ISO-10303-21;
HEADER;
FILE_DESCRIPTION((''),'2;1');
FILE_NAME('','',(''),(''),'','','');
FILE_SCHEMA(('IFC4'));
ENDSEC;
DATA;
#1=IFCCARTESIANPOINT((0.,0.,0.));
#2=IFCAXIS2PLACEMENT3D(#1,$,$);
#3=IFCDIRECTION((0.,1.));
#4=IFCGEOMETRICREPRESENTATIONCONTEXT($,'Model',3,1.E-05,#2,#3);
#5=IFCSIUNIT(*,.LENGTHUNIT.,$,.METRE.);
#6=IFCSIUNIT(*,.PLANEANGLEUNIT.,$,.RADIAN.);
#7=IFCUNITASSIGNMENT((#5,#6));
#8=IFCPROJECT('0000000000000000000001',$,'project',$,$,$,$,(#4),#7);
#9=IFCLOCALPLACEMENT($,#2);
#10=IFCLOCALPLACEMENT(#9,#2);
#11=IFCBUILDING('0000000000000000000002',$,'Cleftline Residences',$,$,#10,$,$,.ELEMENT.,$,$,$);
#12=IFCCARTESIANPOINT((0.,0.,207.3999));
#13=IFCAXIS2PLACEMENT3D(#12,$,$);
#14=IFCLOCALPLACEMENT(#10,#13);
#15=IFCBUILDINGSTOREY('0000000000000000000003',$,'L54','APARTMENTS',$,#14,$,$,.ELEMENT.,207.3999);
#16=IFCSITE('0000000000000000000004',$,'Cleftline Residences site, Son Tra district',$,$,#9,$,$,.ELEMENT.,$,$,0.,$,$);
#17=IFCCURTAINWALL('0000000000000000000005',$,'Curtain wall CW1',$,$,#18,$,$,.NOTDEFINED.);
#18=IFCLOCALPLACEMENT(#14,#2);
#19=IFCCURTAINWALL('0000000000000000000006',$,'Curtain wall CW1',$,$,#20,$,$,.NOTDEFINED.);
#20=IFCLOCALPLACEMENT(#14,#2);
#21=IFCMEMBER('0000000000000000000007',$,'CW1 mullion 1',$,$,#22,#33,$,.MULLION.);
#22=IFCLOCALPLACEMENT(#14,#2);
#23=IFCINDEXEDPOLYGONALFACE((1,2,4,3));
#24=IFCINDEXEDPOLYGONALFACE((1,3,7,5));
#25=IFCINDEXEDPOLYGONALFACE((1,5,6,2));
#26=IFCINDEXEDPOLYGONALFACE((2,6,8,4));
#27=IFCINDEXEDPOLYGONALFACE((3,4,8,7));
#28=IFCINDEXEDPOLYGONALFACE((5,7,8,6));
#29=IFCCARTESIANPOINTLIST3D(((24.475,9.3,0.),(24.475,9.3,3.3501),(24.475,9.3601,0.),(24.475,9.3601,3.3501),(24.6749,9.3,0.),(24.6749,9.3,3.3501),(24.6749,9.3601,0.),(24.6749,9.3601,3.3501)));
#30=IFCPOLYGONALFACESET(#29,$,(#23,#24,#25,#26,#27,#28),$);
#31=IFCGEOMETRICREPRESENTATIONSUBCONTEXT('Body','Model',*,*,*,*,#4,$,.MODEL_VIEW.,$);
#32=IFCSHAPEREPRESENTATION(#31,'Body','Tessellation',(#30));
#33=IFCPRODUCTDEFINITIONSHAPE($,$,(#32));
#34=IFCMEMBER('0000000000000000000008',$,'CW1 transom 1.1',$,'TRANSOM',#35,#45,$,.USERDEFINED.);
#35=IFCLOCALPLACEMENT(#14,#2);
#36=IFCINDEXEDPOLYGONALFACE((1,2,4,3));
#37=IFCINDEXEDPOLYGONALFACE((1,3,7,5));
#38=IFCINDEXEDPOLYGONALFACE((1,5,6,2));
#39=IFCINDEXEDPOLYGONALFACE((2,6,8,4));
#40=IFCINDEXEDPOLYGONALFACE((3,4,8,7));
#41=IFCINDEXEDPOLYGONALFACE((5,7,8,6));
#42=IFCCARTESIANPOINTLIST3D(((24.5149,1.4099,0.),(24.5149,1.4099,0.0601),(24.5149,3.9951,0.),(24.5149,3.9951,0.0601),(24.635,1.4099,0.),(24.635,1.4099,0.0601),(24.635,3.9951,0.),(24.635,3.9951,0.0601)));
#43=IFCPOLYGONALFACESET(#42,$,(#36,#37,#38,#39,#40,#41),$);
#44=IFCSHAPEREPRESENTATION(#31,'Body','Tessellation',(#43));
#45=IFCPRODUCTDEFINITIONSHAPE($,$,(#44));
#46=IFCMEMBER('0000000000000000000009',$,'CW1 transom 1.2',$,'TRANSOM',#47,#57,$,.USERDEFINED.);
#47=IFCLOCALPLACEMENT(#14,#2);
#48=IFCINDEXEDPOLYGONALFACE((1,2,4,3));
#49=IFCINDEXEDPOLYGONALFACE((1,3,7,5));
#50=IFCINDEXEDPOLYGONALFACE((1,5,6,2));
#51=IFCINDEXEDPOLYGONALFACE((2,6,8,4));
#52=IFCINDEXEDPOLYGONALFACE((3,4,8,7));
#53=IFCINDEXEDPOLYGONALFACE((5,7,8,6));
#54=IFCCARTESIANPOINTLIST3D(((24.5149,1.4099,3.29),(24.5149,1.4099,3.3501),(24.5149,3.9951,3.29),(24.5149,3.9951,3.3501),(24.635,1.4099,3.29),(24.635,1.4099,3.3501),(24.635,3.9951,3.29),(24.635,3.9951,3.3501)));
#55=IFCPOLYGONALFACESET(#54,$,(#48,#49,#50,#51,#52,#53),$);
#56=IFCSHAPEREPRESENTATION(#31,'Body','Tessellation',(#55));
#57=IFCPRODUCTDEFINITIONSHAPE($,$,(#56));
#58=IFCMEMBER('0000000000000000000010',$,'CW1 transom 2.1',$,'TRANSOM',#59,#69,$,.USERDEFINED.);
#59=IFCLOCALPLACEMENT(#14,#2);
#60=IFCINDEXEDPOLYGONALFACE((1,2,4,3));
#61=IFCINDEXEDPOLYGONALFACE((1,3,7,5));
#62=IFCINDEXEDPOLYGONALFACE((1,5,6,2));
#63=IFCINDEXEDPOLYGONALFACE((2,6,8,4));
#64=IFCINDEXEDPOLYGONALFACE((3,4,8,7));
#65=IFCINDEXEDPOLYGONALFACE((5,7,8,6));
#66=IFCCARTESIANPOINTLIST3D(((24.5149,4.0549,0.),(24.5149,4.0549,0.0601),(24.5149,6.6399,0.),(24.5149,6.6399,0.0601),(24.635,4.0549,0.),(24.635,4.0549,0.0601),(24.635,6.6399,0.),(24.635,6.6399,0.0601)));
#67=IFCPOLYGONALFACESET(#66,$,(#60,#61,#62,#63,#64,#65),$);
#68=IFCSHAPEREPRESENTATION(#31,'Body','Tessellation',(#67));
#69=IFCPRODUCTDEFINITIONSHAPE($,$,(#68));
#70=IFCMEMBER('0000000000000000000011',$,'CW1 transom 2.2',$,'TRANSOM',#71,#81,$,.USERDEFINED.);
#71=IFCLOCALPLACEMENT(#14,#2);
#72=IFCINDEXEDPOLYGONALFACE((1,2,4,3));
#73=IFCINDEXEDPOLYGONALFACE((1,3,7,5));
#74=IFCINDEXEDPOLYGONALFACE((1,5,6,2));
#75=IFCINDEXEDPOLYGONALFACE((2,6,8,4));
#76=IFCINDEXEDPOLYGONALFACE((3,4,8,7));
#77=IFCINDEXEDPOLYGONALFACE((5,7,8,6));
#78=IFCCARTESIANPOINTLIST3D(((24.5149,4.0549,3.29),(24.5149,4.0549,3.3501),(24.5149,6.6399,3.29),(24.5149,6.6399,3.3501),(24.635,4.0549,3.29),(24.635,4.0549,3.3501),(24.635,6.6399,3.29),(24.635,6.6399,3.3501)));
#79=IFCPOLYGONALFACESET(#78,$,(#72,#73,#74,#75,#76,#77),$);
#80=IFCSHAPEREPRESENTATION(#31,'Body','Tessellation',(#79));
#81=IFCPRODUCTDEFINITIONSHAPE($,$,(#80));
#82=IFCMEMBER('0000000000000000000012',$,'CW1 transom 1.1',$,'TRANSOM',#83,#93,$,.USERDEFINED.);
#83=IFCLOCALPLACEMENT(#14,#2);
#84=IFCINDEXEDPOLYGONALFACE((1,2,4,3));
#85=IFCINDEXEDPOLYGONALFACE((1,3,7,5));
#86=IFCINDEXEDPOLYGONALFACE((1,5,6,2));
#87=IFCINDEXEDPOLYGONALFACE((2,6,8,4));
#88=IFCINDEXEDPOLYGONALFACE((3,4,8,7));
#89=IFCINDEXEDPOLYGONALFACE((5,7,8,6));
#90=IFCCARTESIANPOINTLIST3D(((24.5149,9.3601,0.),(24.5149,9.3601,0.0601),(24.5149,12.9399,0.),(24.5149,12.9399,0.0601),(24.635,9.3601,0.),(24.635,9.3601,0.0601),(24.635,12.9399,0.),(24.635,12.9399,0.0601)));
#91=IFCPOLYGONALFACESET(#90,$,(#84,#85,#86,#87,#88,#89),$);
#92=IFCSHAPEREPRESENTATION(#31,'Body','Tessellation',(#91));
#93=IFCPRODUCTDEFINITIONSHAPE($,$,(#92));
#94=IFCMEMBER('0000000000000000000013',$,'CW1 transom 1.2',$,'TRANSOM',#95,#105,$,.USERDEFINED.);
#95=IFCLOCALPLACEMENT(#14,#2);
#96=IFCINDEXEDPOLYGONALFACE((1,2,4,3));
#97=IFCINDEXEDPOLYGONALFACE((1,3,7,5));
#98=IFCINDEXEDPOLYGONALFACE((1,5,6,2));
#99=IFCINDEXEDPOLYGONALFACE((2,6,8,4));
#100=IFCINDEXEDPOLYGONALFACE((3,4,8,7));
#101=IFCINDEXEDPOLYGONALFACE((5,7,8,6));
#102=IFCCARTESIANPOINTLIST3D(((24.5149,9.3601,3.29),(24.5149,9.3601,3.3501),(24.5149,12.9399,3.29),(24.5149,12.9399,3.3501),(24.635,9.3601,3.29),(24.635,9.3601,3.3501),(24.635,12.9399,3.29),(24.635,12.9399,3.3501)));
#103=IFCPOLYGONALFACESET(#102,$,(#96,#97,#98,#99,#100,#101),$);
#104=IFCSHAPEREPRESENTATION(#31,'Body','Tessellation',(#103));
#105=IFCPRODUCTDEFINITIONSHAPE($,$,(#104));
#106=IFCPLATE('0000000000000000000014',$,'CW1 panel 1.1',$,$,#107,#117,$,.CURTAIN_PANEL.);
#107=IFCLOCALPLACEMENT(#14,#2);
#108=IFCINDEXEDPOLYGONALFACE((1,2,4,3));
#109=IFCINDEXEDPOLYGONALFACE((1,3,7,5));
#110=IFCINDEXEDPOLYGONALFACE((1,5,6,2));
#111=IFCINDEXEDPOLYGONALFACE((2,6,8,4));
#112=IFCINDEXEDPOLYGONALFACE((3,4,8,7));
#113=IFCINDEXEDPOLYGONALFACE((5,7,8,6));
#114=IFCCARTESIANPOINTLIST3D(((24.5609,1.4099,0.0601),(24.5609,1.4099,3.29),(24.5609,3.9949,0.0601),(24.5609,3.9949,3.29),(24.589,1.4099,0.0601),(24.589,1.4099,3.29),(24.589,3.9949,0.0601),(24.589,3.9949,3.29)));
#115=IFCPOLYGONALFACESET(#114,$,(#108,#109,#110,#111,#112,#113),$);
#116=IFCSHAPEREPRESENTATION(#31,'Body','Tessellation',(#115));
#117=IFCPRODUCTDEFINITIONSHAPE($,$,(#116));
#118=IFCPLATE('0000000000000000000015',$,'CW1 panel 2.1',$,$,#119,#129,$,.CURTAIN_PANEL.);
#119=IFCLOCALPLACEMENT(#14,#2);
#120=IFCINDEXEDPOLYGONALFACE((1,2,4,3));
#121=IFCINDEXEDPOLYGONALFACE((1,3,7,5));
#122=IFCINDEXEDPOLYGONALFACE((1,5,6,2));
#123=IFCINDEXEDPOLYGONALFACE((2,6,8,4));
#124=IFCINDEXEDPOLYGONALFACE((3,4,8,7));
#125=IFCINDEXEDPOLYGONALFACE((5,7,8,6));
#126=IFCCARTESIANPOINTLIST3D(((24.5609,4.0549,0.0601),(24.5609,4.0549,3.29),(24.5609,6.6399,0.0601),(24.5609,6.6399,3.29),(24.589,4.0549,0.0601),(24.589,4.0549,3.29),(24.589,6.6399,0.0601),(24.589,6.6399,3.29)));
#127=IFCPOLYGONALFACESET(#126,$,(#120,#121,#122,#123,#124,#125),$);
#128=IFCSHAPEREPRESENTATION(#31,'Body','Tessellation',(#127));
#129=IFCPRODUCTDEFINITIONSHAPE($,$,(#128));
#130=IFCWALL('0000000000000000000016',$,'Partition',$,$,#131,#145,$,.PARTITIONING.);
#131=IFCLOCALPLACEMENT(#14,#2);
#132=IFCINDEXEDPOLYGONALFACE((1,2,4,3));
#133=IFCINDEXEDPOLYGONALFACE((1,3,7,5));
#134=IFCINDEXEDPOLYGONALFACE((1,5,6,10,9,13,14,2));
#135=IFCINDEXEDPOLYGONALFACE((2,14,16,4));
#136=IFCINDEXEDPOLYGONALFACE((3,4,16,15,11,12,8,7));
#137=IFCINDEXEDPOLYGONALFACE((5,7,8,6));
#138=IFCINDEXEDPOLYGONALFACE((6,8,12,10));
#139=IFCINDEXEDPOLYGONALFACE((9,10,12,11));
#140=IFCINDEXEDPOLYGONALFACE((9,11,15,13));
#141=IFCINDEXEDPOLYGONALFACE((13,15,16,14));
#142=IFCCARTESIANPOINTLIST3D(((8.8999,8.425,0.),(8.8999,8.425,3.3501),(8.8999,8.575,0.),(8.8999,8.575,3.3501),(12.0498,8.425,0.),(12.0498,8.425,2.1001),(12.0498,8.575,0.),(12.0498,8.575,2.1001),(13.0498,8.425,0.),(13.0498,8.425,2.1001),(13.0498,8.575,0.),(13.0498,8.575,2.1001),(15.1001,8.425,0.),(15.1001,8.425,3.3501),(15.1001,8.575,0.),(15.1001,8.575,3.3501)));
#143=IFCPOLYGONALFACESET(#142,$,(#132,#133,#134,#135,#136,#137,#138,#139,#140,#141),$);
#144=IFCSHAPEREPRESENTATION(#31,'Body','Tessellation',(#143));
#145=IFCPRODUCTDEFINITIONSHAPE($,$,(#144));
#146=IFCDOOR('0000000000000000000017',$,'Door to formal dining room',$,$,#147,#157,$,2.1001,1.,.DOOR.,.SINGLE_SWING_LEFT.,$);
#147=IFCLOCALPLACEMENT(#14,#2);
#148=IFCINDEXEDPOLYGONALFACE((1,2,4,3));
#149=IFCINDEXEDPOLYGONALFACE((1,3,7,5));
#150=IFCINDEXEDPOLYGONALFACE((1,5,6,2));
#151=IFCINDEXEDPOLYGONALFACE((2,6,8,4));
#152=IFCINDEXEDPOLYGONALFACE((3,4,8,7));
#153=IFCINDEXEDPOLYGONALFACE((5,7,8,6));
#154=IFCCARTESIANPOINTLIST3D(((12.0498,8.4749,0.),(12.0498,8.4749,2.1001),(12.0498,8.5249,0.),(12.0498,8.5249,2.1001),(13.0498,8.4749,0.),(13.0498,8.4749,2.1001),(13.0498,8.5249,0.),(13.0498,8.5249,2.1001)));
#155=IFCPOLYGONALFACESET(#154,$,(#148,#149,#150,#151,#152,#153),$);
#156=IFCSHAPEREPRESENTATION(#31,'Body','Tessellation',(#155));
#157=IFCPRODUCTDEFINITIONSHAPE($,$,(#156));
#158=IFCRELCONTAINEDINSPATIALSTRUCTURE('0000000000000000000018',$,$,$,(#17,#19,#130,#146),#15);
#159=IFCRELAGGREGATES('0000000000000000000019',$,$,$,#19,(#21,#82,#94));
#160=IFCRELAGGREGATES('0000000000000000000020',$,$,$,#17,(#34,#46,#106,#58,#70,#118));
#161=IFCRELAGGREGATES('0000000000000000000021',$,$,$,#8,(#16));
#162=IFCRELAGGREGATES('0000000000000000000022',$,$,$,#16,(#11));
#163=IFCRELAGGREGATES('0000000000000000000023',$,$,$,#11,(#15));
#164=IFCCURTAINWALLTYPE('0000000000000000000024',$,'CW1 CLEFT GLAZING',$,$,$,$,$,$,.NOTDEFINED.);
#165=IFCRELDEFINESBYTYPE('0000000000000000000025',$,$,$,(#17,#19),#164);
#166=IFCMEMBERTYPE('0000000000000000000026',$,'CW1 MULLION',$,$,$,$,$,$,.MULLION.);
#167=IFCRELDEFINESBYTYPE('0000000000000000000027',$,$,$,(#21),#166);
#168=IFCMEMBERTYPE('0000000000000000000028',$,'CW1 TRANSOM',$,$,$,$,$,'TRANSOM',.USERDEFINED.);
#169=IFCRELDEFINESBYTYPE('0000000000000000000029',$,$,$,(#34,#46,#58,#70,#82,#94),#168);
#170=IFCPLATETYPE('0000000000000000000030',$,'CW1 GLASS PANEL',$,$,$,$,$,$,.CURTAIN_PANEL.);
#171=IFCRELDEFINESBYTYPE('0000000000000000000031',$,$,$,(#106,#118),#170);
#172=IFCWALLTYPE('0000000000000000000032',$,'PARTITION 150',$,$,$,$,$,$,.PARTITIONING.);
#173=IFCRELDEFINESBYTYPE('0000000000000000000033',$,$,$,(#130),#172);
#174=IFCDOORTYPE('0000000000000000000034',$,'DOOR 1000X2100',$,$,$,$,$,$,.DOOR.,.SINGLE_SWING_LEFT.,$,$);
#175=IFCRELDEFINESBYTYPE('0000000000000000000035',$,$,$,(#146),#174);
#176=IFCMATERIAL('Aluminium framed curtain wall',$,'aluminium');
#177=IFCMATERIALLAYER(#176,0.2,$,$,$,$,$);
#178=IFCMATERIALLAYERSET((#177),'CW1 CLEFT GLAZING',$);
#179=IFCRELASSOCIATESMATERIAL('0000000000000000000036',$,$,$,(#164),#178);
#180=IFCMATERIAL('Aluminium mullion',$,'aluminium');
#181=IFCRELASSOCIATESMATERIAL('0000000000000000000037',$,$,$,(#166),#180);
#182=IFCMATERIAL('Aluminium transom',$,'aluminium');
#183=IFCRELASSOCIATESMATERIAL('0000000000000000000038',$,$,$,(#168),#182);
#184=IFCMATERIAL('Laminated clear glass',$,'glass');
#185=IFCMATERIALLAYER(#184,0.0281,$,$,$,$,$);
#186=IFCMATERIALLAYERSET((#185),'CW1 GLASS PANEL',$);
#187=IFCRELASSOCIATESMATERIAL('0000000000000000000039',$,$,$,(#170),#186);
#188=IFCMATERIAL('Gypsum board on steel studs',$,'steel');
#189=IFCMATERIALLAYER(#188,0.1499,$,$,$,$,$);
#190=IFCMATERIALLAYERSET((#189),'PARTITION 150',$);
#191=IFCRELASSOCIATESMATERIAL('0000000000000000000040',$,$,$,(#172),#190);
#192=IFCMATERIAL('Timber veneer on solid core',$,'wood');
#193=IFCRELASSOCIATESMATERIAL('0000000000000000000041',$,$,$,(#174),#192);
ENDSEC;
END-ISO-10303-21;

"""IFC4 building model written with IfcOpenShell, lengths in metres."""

from ifc_helpers import new_model, si_unit, direction, frame, frame_2d, origin, origin_2d, place, context, subcontext, project, spatial, rectangle, extrude, material, layer, layer_set, material_profile, profile_set, type_object, element, fill, aggregate, save


model = new_model("IFC4")

# Units and contexts
model_context = context("Model", 3, precision=1e-05, world=origin(), true_north=direction((0.0, 1.0)))
body_context = subcontext(model_context, "Body", "Model", "MODEL_VIEW")
ifc_project = project(units=[si_unit("LENGTHUNIT", "METRE"), si_unit("PLANEANGLEUNIT", "RADIAN")], contexts=[model_context])

# Site, building, storey
site_placement = place(None, origin())
site = spatial("IfcSite", under=ifc_project, at=site_placement, Name="Cleftline Residences site, Son Tra district", CompositionType="ELEMENT", RefElevation=0.0)
building_placement = place(site_placement, origin())
building = spatial("IfcBuilding", under=site, at=building_placement, Name="Cleftline Residences", CompositionType="ELEMENT")
storey_placement = place(building_placement, frame((0.0, 0.0, 207.3999)))
storey = spatial("IfcBuildingStorey", under=building, at=storey_placement, Name="L54", Description="APARTMENTS", CompositionType="ELEMENT", Elevation=207.3999)

# Curtain wall
ifc_material_1 = material(Name="Aluminium framed curtain wall", Category="aluminium")
ifc_layer_1 = layer(ifc_material_1, 0.2)
ifc_layer_set_1 = layer_set([ifc_layer_1], Name="CW1 CLEFT GLAZING")
curtain_wall_type = type_object("IfcCurtainWallType", Name="CW1 CLEFT GLAZING", PredefinedType="NOTDEFINED", material=ifc_layer_set_1)
curtain_wall_1_placement = place(storey_placement, origin())
curtain_wall_1 = element("IfcCurtainWall", 1, at=curtain_wall_1_placement, inside=storey, type_object=curtain_wall_type, Name="Curtain wall CW1", PredefinedType="NOTDEFINED")
ifc_material_2 = material(Name="Aluminium mullion", Category="aluminium")
ifc_material_profile_1 = material_profile(ifc_material_2, rectangle(XDim=0.2, YDim=0.0601, at=origin_2d()))
ifc_profile_set_1 = profile_set([ifc_material_profile_1], Name="Aluminium mullion")
member_type_1 = type_object("IfcMemberType", Name="CW1 MULLION", PredefinedType="MULLION", material=ifc_profile_set_1)

# Curtain wall, member
curtain_wall_2_placement = place(storey_placement, origin())
curtain_wall_2 = element("IfcCurtainWall", 2, at=curtain_wall_2_placement, inside=storey, type_object=curtain_wall_type, Name="Curtain wall CW1", PredefinedType="NOTDEFINED")
member_1_placement = place(storey_placement, frame((24.575, 9.3301, 0.0), z_axis=(0.0, 0.0, 1.0), x_axis=(-1.0, 0.0, 0.0)))
member_1 = element("IfcMember", 3, at=member_1_placement, type_object=member_type_1, Name="CW1 mullion 1", PredefinedType="MULLION", context=body_context, shape_type="SweptSolid", body=[
    extrude(rectangle(XDim=0.2, YDim=0.0601, at=origin_2d()), origin(), (0.0, 0.0, 1.0), 3.3501),
])

# Members
ifc_material_3 = material(Name="Aluminium transom", Category="aluminium")
ifc_material_profile_2 = material_profile(ifc_material_3, rectangle(XDim=0.1201, YDim=0.0601, at=origin_2d()))
ifc_profile_set_2 = profile_set([ifc_material_profile_2], Name="Aluminium transom")
member_type_2 = type_object("IfcMemberType", Name="CW1 TRANSOM", ElementType="TRANSOM", PredefinedType="USERDEFINED", material=ifc_profile_set_2)
member_2_placement = place(storey_placement, frame((24.575, 1.4099, 0.03), z_axis=(0.0, 1.0, 0.0), x_axis=(-1.0, 0.0, 0.0)))
member_2 = element("IfcMember", 4, at=member_2_placement, type_object=member_type_2, Name="CW1 transom 1.1", ObjectType="TRANSOM", PredefinedType="USERDEFINED", context=body_context, shape_type="SweptSolid", body=[
    extrude(rectangle(XDim=0.1201, YDim=0.0601, at=origin_2d()), origin(), (0.0, 0.0, 1.0), 2.5852),
])
member_3_placement = place(storey_placement, frame((24.575, 1.4099, 3.3201), z_axis=(0.0, 1.0, 0.0), x_axis=(-1.0, 0.0, 0.0)))
member_3 = element("IfcMember", 5, at=member_3_placement, type_object=member_type_2, Name="CW1 transom 1.2", ObjectType="TRANSOM", PredefinedType="USERDEFINED", context=body_context, shape_type="SweptSolid", body=[
    extrude(rectangle(XDim=0.1201, YDim=0.0601, at=origin_2d()), origin(), (0.0, 0.0, 1.0), 2.5852),
])
member_4_placement = place(storey_placement, frame((24.575, 4.0549, 0.03), z_axis=(0.0, 1.0, 0.0), x_axis=(-1.0, 0.0, 0.0)))
member_4 = element("IfcMember", 6, at=member_4_placement, type_object=member_type_2, Name="CW1 transom 2.1", ObjectType="TRANSOM", PredefinedType="USERDEFINED", context=body_context, shape_type="SweptSolid", body=[
    extrude(rectangle(XDim=0.1201, YDim=0.0601, at=origin_2d()), origin(), (0.0, 0.0, 1.0), 2.585),
])
member_5_placement = place(storey_placement, frame((24.575, 4.0549, 3.3201), z_axis=(0.0, 1.0, 0.0), x_axis=(-1.0, 0.0, 0.0)))
member_5 = element("IfcMember", 7, at=member_5_placement, type_object=member_type_2, Name="CW1 transom 2.2", ObjectType="TRANSOM", PredefinedType="USERDEFINED", context=body_context, shape_type="SweptSolid", body=[
    extrude(rectangle(XDim=0.1201, YDim=0.0601, at=origin_2d()), origin(), (0.0, 0.0, 1.0), 2.585),
])
member_6_placement = place(storey_placement, frame((24.575, 9.3601, 0.03), z_axis=(0.0, 1.0, 0.0), x_axis=(-1.0, 0.0, 0.0)))
member_6 = element("IfcMember", 8, at=member_6_placement, type_object=member_type_2, Name="CW1 transom 1.1", ObjectType="TRANSOM", PredefinedType="USERDEFINED", context=body_context, shape_type="SweptSolid", body=[
    extrude(rectangle(XDim=0.1201, YDim=0.0601, at=origin_2d()), origin(), (0.0, 0.0, 1.0), 3.5798),
])
member_7_placement = place(storey_placement, frame((24.575, 9.3601, 3.3201), z_axis=(0.0, 1.0, 0.0), x_axis=(-1.0, 0.0, 0.0)))
member_7 = element("IfcMember", 9, at=member_7_placement, type_object=member_type_2, Name="CW1 transom 1.2", ObjectType="TRANSOM", PredefinedType="USERDEFINED", context=body_context, shape_type="SweptSolid", body=[
    extrude(rectangle(XDim=0.1201, YDim=0.0601, at=origin_2d()), origin(), (0.0, 0.0, 1.0), 3.5798),
])
aggregate(curtain_wall_2, [member_1, member_6, member_7])

# Plates
ifc_material_4 = material(Name="Laminated clear glass", Category="glass")
ifc_layer_2 = layer(ifc_material_4, 0.0281)
ifc_layer_set_2 = layer_set([ifc_layer_2], Name="CW1 GLASS PANEL")
plate_type = type_object("IfcPlateType", Name="CW1 GLASS PANEL", PredefinedType="CURTAIN_PANEL", material=ifc_layer_set_2)
plate_1_placement = place(storey_placement, frame((24.575, 2.7024, 0.0601), z_axis=(0.0, 0.0, 1.0), x_axis=(0.0, 1.0, 0.0)))
plate_1 = element("IfcPlate", 10, at=plate_1_placement, type_object=plate_type, Name="CW1 panel 1.1", PredefinedType="CURTAIN_PANEL", context=body_context, shape_type="SweptSolid", body=[
    extrude(rectangle(XDim=2.585, YDim=0.0281, at=origin_2d()), origin(), (0.0, 0.0, 1.0), 3.23),
])
plate_2_placement = place(storey_placement, frame((24.575, 5.3474, 0.0601), z_axis=(0.0, 0.0, 1.0), x_axis=(0.0, 1.0, 0.0)))
plate_2 = element("IfcPlate", 11, at=plate_2_placement, type_object=plate_type, Name="CW1 panel 2.1", PredefinedType="CURTAIN_PANEL", context=body_context, shape_type="SweptSolid", body=[
    extrude(rectangle(XDim=2.585, YDim=0.0281, at=origin_2d()), origin(), (0.0, 0.0, 1.0), 3.23),
])
aggregate(curtain_wall_1, [member_2, member_3, plate_1, member_4, member_5, plate_2])

# Wall, opening, door
ifc_material_5 = material(Name="Gypsum board on steel studs", Category="steel")
ifc_layer_3 = layer(ifc_material_5, 0.1499)
ifc_layer_set_3 = layer_set([ifc_layer_3], Name="PARTITION 150")
wall_type = type_object("IfcWallType", Name="PARTITION 150", PredefinedType="PARTITIONING", material=ifc_layer_set_3)
wall_1_placement = place(storey_placement, frame((8.8999, 8.5, 0.0), z_axis=(0.0, 0.0, 1.0), x_axis=(1.0, 0.0, 0.0)))
wall_1 = element("IfcWall", 12, at=wall_1_placement, inside=storey, type_object=wall_type, Name="Partition", PredefinedType="PARTITIONING", context=body_context, shape_type="SweptSolid", body=[
    extrude(rectangle(XDim=6.2002, YDim=0.1499, at=frame_2d((3.1001, 0.0))), origin(), (0.0, 0.0, 1.0), 3.3501),
])
opening_1_placement = place(wall_1_placement, frame((3.1499, 0.0, 0.0)))
opening_1 = element("IfcOpeningElement", 13, at=opening_1_placement, cuts=wall_1, PredefinedType="OPENING", context=body_context, shape_type="SweptSolid", body=[
    extrude(rectangle(XDim=1.0, YDim=2.1001, at=frame_2d((0.5, 1.05))), frame((0.0, 0.085, 0.0), z_axis=(0.0, -1.0, 0.0), x_axis=(1.0, 0.0, 0.0)), (0.0, 0.0, 1.0), 0.1699),
])
ifc_material_6 = material(Name="Timber veneer on solid core", Category="wood")
door_type_1 = type_object("IfcDoorType", Name="DOOR 1000X2100", OperationType="SINGLE_SWING_LEFT", PredefinedType="DOOR", material=ifc_material_6)
door_1_placement = place(opening_1_placement, origin())
door_1 = element("IfcDoor", 14, at=door_1_placement, inside=storey, type_object=door_type_1, Name="Door to formal dining room", OperationType="SINGLE_SWING_LEFT", OverallHeight=2.1001, OverallWidth=1.0, PredefinedType="DOOR", context=body_context, shape_type="SweptSolid", body=[
    extrude(rectangle(XDim=1.0, YDim=2.1001, at=frame_2d((0.5, 1.05))), frame((0.0, 0.0249, 0.0), z_axis=(0.0, -1.0, 0.0), x_axis=(1.0, 0.0, 0.0)), (0.0, 0.0, 1.0), 0.05),
])
fill(opening_1, door_1)

save(model, "model.ifc")
